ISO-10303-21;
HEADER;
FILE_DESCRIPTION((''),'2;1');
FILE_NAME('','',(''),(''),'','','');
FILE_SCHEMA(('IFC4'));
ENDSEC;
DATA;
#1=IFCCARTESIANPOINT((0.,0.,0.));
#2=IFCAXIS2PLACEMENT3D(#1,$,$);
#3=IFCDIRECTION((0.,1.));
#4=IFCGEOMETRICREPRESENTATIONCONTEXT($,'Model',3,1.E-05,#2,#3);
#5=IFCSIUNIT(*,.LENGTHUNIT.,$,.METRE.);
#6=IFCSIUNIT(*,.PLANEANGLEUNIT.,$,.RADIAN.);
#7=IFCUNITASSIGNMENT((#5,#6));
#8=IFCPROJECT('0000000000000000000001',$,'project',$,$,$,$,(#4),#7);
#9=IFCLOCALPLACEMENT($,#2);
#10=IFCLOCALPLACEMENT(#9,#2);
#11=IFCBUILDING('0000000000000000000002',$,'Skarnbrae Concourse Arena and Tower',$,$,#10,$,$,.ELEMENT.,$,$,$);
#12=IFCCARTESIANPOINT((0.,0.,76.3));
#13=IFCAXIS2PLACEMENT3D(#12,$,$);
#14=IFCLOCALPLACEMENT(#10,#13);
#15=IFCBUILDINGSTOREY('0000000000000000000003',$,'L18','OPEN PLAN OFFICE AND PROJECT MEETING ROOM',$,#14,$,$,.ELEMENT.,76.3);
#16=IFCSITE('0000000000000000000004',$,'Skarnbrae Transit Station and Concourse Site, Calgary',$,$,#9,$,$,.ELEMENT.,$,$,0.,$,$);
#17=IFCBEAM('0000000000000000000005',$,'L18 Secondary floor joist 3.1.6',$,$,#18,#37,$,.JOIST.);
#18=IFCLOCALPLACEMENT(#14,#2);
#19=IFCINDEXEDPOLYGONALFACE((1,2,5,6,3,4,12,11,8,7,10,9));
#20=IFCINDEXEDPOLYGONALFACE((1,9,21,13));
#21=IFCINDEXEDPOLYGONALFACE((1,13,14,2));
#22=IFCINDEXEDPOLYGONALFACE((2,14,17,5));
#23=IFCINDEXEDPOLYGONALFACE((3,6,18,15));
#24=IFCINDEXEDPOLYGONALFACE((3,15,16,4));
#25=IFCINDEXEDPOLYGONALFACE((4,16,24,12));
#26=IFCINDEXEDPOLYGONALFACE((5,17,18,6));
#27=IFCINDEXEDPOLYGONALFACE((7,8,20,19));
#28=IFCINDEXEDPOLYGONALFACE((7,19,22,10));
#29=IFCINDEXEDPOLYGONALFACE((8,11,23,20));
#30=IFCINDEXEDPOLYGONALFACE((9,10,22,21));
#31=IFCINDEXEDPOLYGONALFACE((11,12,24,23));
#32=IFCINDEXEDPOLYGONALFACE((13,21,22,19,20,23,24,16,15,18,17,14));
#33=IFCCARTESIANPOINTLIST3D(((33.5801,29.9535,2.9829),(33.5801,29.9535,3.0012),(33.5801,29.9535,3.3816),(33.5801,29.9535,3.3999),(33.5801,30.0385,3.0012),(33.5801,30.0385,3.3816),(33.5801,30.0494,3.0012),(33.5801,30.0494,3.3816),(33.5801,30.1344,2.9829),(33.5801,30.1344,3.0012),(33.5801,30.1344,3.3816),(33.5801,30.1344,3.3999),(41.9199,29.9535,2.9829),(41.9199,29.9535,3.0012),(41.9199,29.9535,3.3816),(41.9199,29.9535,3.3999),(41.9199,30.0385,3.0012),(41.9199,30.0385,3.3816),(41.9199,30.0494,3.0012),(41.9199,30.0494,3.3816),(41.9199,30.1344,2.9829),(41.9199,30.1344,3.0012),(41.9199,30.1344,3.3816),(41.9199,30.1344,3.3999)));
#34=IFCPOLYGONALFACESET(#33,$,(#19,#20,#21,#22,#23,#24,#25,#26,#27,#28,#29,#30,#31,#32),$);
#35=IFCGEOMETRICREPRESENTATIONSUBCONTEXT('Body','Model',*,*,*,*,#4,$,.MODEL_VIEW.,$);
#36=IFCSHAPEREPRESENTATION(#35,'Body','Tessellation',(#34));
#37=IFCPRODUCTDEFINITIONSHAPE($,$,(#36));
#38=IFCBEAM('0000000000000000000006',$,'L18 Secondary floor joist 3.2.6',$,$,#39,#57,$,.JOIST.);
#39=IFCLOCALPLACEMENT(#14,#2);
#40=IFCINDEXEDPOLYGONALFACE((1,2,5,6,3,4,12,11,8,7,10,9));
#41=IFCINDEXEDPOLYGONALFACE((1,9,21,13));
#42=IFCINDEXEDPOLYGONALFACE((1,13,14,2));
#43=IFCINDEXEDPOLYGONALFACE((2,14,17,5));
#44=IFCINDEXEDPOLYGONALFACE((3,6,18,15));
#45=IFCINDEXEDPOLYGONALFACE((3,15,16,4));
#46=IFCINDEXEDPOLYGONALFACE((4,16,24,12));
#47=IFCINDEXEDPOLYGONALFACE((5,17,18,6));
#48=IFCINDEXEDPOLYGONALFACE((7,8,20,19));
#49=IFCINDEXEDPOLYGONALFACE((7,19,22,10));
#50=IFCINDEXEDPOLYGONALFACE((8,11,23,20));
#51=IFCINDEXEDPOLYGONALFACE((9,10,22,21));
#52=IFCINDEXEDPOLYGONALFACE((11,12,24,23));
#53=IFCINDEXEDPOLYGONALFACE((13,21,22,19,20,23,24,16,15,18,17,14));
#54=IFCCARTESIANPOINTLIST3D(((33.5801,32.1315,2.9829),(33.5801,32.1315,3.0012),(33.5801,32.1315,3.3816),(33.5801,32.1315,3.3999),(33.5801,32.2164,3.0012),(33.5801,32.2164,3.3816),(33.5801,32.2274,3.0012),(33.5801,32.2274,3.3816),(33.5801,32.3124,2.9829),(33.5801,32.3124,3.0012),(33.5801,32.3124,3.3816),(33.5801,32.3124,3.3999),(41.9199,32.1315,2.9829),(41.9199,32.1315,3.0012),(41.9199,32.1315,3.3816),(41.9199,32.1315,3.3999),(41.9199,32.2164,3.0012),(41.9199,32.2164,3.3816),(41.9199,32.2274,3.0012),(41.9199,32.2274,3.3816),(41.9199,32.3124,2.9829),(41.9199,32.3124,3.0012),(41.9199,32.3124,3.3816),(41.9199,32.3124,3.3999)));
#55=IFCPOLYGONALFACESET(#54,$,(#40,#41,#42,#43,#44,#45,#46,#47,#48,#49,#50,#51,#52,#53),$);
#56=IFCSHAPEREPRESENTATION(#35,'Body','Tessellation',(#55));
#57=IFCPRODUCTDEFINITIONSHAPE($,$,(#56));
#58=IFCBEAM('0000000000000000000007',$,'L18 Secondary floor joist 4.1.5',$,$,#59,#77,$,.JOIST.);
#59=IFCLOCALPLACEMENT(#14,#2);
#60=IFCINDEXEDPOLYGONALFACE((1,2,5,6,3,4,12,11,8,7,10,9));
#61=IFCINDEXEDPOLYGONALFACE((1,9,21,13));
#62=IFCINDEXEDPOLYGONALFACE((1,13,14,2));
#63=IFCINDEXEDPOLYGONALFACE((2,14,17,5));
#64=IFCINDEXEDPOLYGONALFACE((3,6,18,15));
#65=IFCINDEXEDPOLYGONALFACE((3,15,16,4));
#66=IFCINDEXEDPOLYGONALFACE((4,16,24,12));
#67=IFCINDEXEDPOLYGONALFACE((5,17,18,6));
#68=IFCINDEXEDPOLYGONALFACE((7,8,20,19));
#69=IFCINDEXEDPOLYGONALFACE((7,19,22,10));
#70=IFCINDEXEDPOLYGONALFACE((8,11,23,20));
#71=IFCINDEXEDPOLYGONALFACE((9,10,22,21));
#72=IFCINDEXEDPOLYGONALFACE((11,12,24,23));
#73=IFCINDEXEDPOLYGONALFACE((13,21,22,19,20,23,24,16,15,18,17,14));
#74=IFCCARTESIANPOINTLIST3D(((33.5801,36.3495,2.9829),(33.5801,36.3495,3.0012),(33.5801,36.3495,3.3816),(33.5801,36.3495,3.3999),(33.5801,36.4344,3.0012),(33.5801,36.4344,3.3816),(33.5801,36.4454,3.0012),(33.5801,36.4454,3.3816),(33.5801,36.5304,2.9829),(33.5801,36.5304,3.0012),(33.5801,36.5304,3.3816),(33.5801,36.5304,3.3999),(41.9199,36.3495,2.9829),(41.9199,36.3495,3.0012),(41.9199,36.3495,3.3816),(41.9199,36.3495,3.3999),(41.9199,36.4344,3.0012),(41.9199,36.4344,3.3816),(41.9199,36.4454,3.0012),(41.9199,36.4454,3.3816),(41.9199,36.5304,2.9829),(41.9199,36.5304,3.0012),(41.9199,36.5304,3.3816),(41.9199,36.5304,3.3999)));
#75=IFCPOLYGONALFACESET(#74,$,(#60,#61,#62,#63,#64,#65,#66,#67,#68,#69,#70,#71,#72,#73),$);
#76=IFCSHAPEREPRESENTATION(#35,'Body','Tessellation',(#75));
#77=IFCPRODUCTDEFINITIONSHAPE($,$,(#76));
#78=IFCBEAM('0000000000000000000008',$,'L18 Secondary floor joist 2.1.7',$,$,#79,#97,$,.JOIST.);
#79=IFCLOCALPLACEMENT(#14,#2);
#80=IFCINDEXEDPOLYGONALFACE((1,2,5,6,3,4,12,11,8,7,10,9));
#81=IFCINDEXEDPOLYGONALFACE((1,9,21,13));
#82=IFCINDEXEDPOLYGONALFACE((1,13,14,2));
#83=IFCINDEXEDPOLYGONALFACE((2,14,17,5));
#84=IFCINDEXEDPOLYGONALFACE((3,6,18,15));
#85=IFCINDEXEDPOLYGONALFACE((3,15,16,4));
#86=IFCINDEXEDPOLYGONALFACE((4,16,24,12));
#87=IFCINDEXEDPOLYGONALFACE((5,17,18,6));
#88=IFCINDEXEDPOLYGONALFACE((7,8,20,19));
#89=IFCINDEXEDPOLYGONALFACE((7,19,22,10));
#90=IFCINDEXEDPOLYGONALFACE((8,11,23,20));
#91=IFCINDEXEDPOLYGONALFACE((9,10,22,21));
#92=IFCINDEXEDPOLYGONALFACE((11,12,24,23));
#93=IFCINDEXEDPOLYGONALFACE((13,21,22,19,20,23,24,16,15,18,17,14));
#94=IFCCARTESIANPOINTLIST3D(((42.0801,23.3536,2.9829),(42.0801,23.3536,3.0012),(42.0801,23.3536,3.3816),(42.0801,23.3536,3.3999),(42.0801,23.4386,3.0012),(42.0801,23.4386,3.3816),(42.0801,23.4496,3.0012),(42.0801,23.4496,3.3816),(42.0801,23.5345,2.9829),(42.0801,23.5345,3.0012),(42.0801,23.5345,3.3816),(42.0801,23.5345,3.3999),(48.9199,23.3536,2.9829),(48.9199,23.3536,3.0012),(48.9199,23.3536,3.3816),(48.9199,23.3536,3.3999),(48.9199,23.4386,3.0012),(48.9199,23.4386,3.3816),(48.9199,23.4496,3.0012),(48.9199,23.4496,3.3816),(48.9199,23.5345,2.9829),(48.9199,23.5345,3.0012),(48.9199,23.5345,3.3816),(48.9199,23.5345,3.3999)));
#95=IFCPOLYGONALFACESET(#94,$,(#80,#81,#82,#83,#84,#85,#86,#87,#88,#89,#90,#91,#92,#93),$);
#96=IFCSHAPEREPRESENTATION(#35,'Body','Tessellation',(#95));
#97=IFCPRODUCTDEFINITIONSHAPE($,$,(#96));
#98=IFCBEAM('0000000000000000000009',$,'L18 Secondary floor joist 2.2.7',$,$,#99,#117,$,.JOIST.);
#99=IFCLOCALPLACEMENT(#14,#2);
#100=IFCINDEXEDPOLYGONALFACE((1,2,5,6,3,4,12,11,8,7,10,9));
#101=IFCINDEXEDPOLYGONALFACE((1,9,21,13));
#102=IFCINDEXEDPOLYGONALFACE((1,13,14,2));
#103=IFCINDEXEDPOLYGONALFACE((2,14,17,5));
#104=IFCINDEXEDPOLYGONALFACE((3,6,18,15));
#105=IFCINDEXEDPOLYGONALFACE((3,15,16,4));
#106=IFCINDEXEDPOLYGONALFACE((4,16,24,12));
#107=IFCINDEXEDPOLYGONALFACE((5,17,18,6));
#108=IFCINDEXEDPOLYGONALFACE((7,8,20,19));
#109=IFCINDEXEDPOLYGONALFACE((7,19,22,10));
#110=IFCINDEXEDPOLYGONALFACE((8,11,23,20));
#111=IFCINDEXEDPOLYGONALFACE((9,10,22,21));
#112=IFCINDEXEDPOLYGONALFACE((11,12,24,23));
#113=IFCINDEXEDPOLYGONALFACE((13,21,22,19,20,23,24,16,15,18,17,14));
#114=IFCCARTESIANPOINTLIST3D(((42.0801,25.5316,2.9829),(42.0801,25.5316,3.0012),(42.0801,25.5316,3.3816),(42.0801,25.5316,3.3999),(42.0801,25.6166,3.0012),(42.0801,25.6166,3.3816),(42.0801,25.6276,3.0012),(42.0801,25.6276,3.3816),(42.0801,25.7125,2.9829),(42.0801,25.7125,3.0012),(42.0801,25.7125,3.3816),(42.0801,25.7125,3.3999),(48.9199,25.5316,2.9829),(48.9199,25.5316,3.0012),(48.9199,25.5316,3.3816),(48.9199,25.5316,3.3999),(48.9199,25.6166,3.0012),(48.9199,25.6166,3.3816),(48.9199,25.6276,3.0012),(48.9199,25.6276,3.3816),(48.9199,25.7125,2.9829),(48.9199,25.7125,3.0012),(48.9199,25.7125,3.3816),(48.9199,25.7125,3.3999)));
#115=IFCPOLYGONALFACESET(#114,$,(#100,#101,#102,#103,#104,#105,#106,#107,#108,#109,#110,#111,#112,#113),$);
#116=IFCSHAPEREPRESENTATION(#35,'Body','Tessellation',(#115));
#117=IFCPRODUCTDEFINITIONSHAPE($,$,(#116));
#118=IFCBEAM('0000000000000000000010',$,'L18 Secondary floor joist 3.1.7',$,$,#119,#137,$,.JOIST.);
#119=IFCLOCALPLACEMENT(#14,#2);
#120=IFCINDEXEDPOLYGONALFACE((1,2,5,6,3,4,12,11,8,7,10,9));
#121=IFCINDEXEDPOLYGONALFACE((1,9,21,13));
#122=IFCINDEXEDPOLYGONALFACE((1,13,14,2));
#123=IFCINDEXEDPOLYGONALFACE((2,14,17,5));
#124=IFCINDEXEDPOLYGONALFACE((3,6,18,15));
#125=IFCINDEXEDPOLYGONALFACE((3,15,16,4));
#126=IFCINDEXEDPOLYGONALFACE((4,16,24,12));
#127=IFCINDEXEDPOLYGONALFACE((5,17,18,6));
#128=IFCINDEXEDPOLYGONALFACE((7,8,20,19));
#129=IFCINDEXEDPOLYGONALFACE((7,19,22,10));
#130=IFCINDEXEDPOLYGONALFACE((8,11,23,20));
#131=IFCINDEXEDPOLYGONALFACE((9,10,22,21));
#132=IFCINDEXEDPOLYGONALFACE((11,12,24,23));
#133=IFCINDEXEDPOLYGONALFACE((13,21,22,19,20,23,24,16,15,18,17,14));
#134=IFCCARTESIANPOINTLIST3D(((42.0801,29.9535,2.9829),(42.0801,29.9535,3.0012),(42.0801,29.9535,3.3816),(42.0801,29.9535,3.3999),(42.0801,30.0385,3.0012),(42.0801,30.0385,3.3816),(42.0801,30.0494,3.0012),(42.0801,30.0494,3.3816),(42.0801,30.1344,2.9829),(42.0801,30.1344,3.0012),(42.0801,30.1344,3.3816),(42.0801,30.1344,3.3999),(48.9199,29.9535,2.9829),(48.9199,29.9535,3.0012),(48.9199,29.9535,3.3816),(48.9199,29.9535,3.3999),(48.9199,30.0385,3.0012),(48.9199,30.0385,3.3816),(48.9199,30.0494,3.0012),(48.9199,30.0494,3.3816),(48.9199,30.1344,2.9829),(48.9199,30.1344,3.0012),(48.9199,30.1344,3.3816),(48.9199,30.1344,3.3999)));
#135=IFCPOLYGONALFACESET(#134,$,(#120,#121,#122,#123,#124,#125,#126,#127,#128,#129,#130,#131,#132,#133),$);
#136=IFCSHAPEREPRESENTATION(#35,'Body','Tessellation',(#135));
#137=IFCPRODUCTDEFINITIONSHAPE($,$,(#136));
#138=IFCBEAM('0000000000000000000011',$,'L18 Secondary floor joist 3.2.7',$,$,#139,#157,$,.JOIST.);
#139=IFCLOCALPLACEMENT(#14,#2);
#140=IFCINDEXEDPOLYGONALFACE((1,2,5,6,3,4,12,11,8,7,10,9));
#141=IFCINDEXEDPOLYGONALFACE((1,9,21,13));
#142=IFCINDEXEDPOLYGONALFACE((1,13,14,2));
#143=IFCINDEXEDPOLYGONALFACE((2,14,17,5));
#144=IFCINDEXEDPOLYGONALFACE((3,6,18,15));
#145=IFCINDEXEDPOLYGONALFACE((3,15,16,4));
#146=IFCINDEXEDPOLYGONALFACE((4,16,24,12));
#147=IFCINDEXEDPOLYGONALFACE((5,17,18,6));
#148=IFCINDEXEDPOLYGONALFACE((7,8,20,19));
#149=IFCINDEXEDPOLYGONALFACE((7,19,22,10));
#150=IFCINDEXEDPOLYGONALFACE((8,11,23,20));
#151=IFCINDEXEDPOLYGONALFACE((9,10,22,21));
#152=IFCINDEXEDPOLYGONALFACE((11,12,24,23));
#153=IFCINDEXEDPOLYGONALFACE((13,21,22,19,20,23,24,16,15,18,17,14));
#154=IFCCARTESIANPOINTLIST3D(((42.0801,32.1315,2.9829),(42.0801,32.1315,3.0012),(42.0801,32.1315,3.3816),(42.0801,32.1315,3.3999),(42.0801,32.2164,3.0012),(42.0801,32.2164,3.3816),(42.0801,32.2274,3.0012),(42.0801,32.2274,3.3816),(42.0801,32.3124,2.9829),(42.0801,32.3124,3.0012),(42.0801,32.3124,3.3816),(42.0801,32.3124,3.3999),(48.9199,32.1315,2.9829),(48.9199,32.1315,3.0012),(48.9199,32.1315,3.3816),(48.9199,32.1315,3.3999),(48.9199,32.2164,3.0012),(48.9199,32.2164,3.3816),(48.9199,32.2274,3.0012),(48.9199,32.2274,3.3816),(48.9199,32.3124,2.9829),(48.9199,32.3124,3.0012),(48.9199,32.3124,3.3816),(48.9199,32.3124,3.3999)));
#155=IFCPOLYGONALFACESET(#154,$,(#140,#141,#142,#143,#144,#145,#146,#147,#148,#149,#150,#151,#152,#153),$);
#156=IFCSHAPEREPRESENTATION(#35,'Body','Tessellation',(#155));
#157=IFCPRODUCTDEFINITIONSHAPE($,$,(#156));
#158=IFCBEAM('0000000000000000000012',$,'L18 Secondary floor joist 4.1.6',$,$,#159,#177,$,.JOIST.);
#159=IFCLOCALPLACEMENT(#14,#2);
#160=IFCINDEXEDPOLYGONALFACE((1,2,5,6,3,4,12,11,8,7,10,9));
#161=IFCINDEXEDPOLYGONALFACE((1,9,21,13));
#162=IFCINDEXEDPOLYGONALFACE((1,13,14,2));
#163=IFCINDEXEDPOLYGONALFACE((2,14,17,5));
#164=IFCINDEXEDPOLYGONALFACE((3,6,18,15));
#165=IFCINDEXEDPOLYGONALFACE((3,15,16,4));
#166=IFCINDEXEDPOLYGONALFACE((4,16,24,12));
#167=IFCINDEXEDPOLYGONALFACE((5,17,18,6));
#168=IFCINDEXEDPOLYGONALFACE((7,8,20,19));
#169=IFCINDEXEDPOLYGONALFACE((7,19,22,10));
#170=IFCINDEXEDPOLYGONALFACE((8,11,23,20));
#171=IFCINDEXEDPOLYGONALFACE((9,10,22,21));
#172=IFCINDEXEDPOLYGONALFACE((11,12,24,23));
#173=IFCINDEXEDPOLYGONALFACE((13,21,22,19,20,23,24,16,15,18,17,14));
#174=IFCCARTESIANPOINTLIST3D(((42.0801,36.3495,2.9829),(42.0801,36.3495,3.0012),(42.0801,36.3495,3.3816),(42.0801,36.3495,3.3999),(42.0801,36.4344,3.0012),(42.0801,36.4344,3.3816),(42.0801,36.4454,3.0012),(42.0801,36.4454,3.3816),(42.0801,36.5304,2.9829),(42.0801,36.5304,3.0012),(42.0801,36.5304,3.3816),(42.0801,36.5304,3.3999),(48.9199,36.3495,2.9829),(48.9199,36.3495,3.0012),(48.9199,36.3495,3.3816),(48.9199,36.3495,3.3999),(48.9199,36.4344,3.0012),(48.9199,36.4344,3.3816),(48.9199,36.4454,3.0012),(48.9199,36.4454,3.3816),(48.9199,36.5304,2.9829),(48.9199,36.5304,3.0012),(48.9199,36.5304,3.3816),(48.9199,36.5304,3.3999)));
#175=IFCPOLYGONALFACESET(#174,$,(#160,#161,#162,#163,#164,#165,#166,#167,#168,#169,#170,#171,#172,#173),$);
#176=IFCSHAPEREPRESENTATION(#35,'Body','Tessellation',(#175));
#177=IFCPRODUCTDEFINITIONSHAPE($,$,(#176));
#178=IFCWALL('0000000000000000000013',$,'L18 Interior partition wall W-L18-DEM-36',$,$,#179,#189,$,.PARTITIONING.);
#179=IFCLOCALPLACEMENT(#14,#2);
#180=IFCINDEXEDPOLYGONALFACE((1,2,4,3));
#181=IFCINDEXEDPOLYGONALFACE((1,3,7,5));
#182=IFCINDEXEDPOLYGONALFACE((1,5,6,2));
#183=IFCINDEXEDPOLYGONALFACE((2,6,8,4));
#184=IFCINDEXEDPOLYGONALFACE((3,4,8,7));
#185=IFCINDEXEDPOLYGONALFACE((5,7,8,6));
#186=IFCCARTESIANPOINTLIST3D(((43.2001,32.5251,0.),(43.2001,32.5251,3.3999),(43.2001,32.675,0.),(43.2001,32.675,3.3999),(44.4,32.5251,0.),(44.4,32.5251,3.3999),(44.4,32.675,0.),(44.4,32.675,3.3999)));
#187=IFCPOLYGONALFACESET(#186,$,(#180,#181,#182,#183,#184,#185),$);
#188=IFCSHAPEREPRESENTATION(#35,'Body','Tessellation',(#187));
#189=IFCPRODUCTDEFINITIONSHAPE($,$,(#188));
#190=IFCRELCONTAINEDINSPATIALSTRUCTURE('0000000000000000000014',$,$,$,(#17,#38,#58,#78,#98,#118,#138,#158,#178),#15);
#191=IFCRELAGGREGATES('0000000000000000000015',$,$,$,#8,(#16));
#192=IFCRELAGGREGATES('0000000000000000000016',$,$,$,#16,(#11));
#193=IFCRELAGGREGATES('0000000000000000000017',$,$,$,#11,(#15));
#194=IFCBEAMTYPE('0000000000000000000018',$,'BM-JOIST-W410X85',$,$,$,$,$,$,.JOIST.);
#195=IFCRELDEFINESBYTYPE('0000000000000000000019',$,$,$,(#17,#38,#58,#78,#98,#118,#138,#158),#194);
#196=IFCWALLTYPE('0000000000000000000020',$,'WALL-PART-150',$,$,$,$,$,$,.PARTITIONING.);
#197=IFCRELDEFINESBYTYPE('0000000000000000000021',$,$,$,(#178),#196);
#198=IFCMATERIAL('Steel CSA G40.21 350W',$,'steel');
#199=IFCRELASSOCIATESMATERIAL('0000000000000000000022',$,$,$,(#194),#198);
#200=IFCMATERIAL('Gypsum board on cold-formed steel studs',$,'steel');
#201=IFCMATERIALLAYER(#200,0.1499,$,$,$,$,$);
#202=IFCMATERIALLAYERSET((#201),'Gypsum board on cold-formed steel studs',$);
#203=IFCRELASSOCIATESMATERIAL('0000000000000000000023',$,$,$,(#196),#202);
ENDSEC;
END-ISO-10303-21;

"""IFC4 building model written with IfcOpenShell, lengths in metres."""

from ifc_helpers import new_model, si_unit, direction, frame, frame_2d, origin, origin_2d, place, context, subcontext, project, spatial, rectangle, i_section, extrude, source, transform, mapped, material, layer, layer_set, material_profile, profile_set, type_object, element, save


model = new_model("IFC4")

# Units and contexts
model_context = context("Model", 3, precision=1e-05, world=origin(), true_north=direction((0.0, 1.0)))
body_context = subcontext(model_context, "Body", "Model", "MODEL_VIEW")
ifc_project = project(units=[si_unit("LENGTHUNIT", "METRE"), si_unit("PLANEANGLEUNIT", "RADIAN")], contexts=[model_context])

# Site, building, storey
site_placement = place(None, origin())
site = spatial("IfcSite", under=ifc_project, at=site_placement, Name="Skarnbrae Transit Station and Concourse Site, Calgary", CompositionType="ELEMENT", RefElevation=0.0)
building_placement = place(site_placement, origin())
building = spatial("IfcBuilding", under=site, at=building_placement, Name="Skarnbrae Concourse Arena and Tower", CompositionType="ELEMENT")
storey_placement = place(building_placement, frame((0.0, 0.0, 76.3)))
storey = spatial("IfcBuildingStorey", under=building, at=storey_placement, Name="L18", Description="OPEN PLAN OFFICE AND PROJECT MEETING ROOM", CompositionType="ELEMENT", Elevation=76.3)

# Shared definitions
ifc_material_1 = material(Name="Steel CSA G40.21 350W", Category="steel")

# Beams
ifc_material_profile_1 = material_profile(ifc_material_1, i_section(OverallWidth=0.1809, OverallDepth=0.417, WebThickness=0.011, FlangeThickness=0.0183, at=origin_2d()), Name="W410X85")
ifc_profile_set_1 = profile_set([ifc_material_profile_1], Name="Steel CSA G40.21 350W")
beam_type_1 = type_object("IfcBeamType", Name="BM-JOIST-W410X85", PredefinedType="JOIST", material=ifc_profile_set_1)
shared_shape_1 = source(origin(), body_context, "Body", "SweptSolid", [
    extrude(i_section(OverallWidth=0.1809, OverallDepth=0.417, WebThickness=0.011, FlangeThickness=0.0183, at=origin_2d()), origin(), (0.0, 0.0, 1.0), 8.3398),
])
for number, where, z_axis, x_axis, name in (
    (1, (33.5801, 30.0439, 3.1914), (1.0, 0.0, 0.0), (0.0, 1.0, 0.0), "L18 Secondary floor joist 3.1.6"),
    (2, (33.5801, 32.2219, 3.1914), (1.0, 0.0, 0.0), (0.0, 1.0, 0.0), "L18 Secondary floor joist 3.2.6"),
    (3, (33.5801, 36.4399, 3.1914), (1.0, 0.0, 0.0), (0.0, 1.0, 0.0), "L18 Secondary floor joist 4.1.5"),
):
    element("IfcBeam", number, at=place(storey_placement, frame(where, z_axis=z_axis, x_axis=x_axis)), inside=storey, type_object=beam_type_1, Name=name, PredefinedType="JOIST", context=body_context, shape_type="MappedRepresentation", body=[
        mapped(shared_shape_1, transform((0.0, 0.0, 0.0))),
    ])
shared_shape_2 = source(origin(), body_context, "Body", "SweptSolid", [
    extrude(i_section(OverallWidth=0.1809, OverallDepth=0.417, WebThickness=0.011, FlangeThickness=0.0183, at=origin_2d()), origin(), (0.0, 0.0, 1.0), 6.8398),
])
for number, where, z_axis, x_axis, name in (
    (4, (42.0801, 23.4441, 3.1914), (1.0, 0.0, 0.0), (0.0, 1.0, 0.0), "L18 Secondary floor joist 2.1.7"),
    (5, (42.0801, 25.6221, 3.1914), (1.0, 0.0, 0.0), (0.0, 1.0, 0.0), "L18 Secondary floor joist 2.2.7"),
    (6, (42.0801, 30.0439, 3.1914), (1.0, 0.0, 0.0), (0.0, 1.0, 0.0), "L18 Secondary floor joist 3.1.7"),
    (7, (42.0801, 32.2219, 3.1914), (1.0, 0.0, 0.0), (0.0, 1.0, 0.0), "L18 Secondary floor joist 3.2.7"),
    (8, (42.0801, 36.4399, 3.1914), (1.0, 0.0, 0.0), (0.0, 1.0, 0.0), "L18 Secondary floor joist 4.1.6"),
):
    element("IfcBeam", number, at=place(storey_placement, frame(where, z_axis=z_axis, x_axis=x_axis)), inside=storey, type_object=beam_type_1, Name=name, PredefinedType="JOIST", context=body_context, shape_type="MappedRepresentation", body=[
        mapped(shared_shape_2, transform((0.0, 0.0, 0.0))),
    ])

# Wall
ifc_material_2 = material(Name="Gypsum board on cold-formed steel studs", Category="steel")
ifc_layer = layer(ifc_material_2, 0.1499)
ifc_layer_set = layer_set([ifc_layer], Name="Gypsum board on cold-formed steel studs")
wall_type = type_object("IfcWallType", Name="WALL-PART-150", PredefinedType="PARTITIONING", material=ifc_layer_set)
shared_shape_3 = source(origin(), body_context, "Body", "SweptSolid", [
    extrude(rectangle(XDim=1.2, YDim=0.1499, at=frame_2d((0.6001, 0.0))), origin(), (0.0, 0.0, 1.0), 3.3999),
])
wall_placement = place(storey_placement, frame((43.2, 32.6001, 0.0), z_axis=(0.0, 0.0, 1.0), x_axis=(1.0, 0.0, 0.0)))
element("IfcWall", 9, at=wall_placement, inside=storey, type_object=wall_type, Name="L18 Interior partition wall W-L18-DEM-36", PredefinedType="PARTITIONING", context=body_context, shape_type="MappedRepresentation", body=[
    mapped(shared_shape_3, transform((0.0, 0.0, 0.0))),
])

save(model, "model.ifc")
